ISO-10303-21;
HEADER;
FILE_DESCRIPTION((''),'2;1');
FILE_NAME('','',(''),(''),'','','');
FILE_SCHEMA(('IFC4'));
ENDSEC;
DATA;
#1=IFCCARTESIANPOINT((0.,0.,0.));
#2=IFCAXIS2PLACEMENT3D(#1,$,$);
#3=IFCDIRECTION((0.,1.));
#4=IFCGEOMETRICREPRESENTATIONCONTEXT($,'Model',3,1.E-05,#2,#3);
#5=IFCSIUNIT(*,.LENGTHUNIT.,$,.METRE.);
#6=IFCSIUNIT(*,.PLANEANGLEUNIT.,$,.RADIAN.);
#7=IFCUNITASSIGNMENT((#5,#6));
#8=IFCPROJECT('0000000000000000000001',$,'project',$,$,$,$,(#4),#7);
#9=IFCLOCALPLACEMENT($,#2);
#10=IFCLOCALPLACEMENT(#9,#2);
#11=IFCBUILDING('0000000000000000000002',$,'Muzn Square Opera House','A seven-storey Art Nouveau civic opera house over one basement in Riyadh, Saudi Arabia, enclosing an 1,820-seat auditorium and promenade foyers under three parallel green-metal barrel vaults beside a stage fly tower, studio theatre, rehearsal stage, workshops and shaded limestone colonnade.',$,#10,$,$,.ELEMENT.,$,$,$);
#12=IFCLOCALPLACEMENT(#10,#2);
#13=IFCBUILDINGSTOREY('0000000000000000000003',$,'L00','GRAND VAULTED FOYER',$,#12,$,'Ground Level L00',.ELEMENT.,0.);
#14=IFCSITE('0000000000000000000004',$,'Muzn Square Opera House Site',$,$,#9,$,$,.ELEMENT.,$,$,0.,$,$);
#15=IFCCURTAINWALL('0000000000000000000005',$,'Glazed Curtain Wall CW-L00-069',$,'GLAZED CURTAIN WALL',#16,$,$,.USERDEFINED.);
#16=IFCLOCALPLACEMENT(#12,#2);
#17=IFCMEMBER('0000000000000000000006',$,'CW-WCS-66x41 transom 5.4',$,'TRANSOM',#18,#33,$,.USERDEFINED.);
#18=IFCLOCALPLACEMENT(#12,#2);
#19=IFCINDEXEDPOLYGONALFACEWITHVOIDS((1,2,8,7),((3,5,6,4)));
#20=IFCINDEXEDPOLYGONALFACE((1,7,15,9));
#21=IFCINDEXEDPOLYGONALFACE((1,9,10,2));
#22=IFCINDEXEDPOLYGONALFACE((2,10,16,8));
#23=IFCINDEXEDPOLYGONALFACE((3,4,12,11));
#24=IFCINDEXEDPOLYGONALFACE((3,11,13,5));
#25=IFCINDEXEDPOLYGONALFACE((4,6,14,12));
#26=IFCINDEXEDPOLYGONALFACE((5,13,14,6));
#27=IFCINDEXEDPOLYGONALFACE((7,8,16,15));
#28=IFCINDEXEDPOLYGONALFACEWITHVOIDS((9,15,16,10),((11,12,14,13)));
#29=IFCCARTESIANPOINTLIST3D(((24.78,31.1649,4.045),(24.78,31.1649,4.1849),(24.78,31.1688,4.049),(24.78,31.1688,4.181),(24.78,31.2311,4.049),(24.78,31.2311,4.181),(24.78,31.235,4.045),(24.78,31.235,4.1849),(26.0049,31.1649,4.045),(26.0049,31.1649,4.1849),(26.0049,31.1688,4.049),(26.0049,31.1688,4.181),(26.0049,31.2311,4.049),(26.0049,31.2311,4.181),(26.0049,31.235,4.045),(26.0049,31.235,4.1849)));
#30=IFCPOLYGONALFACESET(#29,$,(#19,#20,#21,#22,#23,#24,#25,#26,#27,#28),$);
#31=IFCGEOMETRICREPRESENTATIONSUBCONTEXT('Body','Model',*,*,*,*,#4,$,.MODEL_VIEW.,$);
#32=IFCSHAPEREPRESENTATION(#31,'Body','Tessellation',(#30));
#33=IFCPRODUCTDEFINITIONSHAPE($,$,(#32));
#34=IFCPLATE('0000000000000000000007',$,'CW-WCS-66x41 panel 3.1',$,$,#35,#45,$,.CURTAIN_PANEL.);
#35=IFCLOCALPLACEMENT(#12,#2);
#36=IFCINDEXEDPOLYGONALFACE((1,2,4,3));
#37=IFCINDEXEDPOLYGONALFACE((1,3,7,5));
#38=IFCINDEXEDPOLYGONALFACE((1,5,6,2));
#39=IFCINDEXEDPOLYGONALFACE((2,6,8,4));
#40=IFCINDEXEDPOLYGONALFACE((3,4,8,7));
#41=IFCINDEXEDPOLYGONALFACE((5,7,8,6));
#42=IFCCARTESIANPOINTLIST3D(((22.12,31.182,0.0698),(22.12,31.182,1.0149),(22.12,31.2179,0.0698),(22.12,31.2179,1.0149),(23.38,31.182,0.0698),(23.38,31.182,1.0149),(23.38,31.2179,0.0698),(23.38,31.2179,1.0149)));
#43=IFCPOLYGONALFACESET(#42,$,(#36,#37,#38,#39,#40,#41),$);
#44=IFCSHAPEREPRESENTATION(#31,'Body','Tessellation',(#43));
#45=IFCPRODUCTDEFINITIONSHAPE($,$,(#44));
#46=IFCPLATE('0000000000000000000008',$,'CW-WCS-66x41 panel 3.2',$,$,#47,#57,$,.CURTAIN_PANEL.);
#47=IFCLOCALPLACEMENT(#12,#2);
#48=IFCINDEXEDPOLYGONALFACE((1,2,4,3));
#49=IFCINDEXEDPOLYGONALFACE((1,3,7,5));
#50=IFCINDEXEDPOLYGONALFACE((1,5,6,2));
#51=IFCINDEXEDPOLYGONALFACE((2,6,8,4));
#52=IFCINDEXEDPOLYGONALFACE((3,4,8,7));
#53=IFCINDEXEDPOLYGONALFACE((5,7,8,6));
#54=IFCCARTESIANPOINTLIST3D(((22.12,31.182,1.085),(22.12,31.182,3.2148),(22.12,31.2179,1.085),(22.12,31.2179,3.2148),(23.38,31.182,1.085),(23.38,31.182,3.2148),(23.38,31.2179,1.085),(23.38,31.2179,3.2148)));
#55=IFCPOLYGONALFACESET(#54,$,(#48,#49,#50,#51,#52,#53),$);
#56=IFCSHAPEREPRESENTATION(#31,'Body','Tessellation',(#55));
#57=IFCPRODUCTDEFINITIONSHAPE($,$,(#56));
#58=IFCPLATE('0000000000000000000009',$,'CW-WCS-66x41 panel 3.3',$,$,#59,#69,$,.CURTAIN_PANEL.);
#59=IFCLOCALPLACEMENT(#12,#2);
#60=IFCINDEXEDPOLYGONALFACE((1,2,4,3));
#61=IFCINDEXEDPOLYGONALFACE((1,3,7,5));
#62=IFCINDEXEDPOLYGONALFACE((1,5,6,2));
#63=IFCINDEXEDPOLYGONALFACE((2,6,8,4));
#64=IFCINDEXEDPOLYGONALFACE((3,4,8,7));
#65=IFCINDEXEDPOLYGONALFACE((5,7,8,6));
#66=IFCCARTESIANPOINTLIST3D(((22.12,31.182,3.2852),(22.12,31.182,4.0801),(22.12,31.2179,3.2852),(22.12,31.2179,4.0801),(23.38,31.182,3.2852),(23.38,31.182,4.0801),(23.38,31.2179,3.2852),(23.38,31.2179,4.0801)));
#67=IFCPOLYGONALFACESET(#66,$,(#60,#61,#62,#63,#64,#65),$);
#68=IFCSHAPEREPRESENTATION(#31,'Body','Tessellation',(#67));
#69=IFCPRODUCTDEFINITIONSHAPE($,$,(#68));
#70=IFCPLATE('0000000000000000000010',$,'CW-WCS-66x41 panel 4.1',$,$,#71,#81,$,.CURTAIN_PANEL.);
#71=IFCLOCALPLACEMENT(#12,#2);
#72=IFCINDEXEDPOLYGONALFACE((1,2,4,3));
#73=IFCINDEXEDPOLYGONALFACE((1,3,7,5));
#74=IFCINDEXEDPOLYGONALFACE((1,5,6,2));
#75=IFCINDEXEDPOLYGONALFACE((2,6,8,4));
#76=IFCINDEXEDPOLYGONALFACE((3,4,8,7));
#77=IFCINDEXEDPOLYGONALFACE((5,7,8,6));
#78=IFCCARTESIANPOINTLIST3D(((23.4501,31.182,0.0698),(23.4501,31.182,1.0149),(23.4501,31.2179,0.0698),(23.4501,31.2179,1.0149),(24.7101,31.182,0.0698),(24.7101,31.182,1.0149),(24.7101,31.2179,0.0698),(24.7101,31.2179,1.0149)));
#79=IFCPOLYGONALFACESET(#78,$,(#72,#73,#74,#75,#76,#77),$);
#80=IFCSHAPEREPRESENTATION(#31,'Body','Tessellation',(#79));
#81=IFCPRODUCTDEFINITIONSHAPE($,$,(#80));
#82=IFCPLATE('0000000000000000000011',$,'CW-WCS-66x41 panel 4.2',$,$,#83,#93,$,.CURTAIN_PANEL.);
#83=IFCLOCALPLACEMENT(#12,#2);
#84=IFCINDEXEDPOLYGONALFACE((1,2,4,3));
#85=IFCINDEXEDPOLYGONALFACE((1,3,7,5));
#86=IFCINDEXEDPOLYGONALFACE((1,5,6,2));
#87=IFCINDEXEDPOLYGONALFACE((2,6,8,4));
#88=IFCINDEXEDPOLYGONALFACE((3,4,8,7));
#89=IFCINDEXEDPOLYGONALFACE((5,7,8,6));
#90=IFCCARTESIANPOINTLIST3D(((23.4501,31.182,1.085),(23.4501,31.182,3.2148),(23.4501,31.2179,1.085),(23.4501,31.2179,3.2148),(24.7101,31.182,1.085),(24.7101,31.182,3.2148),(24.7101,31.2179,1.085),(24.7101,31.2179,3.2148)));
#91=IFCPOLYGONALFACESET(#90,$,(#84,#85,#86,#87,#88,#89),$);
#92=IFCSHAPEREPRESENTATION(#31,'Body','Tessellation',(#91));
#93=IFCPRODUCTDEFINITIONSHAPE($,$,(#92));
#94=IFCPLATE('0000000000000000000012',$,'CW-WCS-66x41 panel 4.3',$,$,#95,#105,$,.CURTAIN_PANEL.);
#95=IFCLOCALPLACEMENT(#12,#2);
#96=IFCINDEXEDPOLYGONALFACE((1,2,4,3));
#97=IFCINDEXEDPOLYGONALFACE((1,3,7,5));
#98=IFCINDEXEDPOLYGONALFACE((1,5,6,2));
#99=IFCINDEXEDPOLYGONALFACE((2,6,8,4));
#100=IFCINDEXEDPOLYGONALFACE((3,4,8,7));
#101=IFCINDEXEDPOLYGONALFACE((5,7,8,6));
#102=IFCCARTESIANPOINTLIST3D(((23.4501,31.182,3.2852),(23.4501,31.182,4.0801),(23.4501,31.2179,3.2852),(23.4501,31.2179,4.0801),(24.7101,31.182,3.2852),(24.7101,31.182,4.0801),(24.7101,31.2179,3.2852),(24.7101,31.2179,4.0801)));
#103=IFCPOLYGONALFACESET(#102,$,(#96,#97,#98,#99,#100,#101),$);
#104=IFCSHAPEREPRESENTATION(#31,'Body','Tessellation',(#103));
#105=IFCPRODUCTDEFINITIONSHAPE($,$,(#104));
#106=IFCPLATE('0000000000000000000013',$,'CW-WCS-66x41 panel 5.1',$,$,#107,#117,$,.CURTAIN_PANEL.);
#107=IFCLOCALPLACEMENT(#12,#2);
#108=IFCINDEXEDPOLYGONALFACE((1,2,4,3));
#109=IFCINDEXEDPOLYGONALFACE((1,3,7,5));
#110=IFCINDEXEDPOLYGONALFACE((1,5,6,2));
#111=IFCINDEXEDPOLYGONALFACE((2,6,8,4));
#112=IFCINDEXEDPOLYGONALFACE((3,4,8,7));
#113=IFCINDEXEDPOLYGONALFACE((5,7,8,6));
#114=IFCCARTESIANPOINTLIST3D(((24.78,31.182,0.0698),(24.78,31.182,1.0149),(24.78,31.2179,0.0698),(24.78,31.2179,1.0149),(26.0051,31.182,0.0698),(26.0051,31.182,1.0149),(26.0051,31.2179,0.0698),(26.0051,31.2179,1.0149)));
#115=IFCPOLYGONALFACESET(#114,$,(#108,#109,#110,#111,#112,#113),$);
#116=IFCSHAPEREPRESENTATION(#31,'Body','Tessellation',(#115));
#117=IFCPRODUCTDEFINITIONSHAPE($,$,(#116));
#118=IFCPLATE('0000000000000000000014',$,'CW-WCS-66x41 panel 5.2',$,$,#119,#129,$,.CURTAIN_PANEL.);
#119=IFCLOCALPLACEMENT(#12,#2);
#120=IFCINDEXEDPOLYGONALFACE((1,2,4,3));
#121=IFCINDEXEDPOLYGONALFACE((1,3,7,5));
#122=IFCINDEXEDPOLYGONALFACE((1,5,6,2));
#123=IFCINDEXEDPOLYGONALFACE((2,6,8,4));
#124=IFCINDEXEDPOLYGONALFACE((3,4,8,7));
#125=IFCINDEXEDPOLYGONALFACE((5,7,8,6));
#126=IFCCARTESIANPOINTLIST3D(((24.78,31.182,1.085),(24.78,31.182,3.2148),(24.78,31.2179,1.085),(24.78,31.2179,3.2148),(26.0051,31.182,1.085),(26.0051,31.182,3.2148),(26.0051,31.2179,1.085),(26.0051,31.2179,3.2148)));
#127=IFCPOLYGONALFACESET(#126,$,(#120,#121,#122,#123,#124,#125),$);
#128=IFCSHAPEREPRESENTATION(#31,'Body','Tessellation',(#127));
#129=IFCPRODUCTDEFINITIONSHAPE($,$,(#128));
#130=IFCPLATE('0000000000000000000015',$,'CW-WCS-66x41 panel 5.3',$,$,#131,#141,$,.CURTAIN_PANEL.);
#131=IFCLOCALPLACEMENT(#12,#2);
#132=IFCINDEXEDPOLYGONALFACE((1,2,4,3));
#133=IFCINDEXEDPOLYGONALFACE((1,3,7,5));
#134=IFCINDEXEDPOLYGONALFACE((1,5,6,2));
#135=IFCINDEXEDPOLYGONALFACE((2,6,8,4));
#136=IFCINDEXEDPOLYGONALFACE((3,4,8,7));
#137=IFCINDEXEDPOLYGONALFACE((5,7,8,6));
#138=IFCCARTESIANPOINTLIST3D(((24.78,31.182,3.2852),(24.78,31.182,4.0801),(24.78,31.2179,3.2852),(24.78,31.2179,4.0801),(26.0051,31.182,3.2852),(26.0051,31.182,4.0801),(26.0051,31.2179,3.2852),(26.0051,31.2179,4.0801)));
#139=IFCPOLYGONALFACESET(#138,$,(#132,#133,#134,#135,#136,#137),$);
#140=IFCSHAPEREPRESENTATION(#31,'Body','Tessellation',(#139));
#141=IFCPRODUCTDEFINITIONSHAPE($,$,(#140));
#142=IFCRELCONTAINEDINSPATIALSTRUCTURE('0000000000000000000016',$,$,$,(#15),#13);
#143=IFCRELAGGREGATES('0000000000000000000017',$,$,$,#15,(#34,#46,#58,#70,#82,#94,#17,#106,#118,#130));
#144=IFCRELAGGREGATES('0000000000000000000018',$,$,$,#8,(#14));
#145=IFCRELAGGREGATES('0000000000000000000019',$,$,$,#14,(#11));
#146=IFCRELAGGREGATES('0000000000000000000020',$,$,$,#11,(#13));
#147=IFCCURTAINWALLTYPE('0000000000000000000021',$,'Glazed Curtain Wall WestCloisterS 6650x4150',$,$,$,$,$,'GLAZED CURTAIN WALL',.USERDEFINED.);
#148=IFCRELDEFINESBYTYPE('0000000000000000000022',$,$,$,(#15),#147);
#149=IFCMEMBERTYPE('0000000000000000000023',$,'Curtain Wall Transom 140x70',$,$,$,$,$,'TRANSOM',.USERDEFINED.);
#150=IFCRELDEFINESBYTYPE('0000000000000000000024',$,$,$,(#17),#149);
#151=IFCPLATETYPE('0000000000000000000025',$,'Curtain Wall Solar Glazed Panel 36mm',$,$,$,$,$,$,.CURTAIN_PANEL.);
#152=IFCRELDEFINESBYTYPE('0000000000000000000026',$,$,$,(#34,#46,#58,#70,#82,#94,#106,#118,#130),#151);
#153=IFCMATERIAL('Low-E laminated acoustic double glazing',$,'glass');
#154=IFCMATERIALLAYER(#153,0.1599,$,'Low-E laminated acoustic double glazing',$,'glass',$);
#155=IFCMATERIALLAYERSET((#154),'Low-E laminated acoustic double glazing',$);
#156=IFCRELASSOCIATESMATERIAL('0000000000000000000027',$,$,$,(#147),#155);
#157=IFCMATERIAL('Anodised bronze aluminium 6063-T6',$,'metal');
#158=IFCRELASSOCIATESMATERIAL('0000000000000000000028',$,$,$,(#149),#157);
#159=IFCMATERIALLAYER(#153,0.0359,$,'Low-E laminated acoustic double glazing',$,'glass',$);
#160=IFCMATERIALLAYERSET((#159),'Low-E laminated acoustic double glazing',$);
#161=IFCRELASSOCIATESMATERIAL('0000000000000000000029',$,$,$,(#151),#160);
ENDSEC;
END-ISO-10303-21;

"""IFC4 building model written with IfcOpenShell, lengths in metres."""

from ifc_helpers import new_model, si_unit, direction, frame, origin, origin_2d, place, context, subcontext, project, spatial, rectangle, hollow_rectangle, extrude, material, layer, layer_set, material_profile, profile_set, type_object, element, aggregate, save


model = new_model("IFC4")

# Units and contexts
model_context = context("Model", 3, precision=1e-05, world=origin(), true_north=direction((0.0, 1.0)))
body_context = subcontext(model_context, "Body", "Model", "MODEL_VIEW")
ifc_project = project(units=[si_unit("LENGTHUNIT", "METRE"), si_unit("PLANEANGLEUNIT", "RADIAN")], contexts=[model_context])

# Site, building, storey
site_placement = place(None, origin())
site = spatial("IfcSite", under=ifc_project, at=site_placement, Name="Muzn Square Opera House Site", CompositionType="ELEMENT", RefElevation=0.0)
building_placement = place(site_placement, origin())
building = spatial("IfcBuilding", under=site, at=building_placement, Name="Muzn Square Opera House", Description="A seven-storey Art Nouveau civic opera house over one basement in Riyadh, Saudi Arabia, enclosing an 1,820-seat auditorium and promenade foyers under three parallel green-metal barrel vaults beside a stage fly tower, studio theatre, rehearsal stage, workshops and shaded limestone colonnade.", CompositionType="ELEMENT")
storey_placement = place(building_placement, origin())
storey = spatial("IfcBuildingStorey", under=building, at=storey_placement, Name="L00", Description="GRAND VAULTED FOYER", LongName="Ground Level L00", CompositionType="ELEMENT", Elevation=0.0)

# Curtain wall, member, plates
ifc_material_1 = material(Name="Low-E laminated acoustic double glazing", Category="glass")
ifc_layer_1 = layer(ifc_material_1, 0.1599, Name="Low-E laminated acoustic double glazing", Category="glass")
ifc_layer_set_1 = layer_set([ifc_layer_1], Name="Low-E laminated acoustic double glazing")
curtain_wall_type = type_object("IfcCurtainWallType", Name="Glazed Curtain Wall WestCloisterS 6650x4150", ElementType="GLAZED CURTAIN WALL", PredefinedType="USERDEFINED", material=ifc_layer_set_1)
curtain_wall_placement = place(storey_placement, origin())
curtain_wall = element("IfcCurtainWall", 1, at=curtain_wall_placement, inside=storey, type_object=curtain_wall_type, Name="Glazed Curtain Wall CW-L00-069", ObjectType="GLAZED CURTAIN WALL", PredefinedType="USERDEFINED")
ifc_material_2 = material(Name="Anodised bronze aluminium 6063-T6", Category="metal")
ifc_material_profile_1 = material_profile(ifc_material_2, hollow_rectangle(XDim=0.0701, YDim=0.1399, WallThickness=0.0039, at=origin_2d()), Name="ALU 140x70x4", Category="metal")
ifc_profile_set_1 = profile_set([ifc_material_profile_1], Name="Anodised bronze aluminium 6063-T6")
member_type_1 = type_object("IfcMemberType", Name="Curtain Wall Transom 140x70", ElementType="TRANSOM", PredefinedType="USERDEFINED", material=ifc_profile_set_1)
member_1_placement = place(storey_placement, frame((24.78, 31.2, 4.115), z_axis=(1.0, 0.0, 0.0), x_axis=(0.0, 1.0, 0.0)))
member_1 = element("IfcMember", 2, at=member_1_placement, type_object=member_type_1, Name="CW-WCS-66x41 transom 5.4", ObjectType="TRANSOM", PredefinedType="USERDEFINED", context=body_context, shape_type="SweptSolid", body=[
    extrude(hollow_rectangle(XDim=0.0701, YDim=0.1399, WallThickness=0.0039, at=origin_2d()), origin(), (0.0, 0.0, 1.0), 1.2249),
])
ifc_layer_2 = layer(ifc_material_1, 0.0359, Name="Low-E laminated acoustic double glazing", Category="glass")
ifc_layer_set_2 = layer_set([ifc_layer_2], Name="Low-E laminated acoustic double glazing")
plate_type = type_object("IfcPlateType", Name="Curtain Wall Solar Glazed Panel 36mm", PredefinedType="CURTAIN_PANEL", material=ifc_layer_set_2)
plate_1_placement = place(storey_placement, frame((22.75, 31.2, 0.0698), z_axis=(0.0, 0.0, 1.0), x_axis=(1.0, 0.0, 0.0)))
plate_1 = element("IfcPlate", 3, at=plate_1_placement, type_object=plate_type, Name="CW-WCS-66x41 panel 3.1", PredefinedType="CURTAIN_PANEL", context=body_context, shape_type="SweptSolid", body=[
    extrude(rectangle(XDim=1.26, YDim=0.0359, at=origin_2d()), origin(), (0.0, 0.0, 1.0), 0.9451),
])
plate_2_placement = place(storey_placement, frame((22.75, 31.2, 1.085), z_axis=(0.0, 0.0, 1.0), x_axis=(1.0, 0.0, 0.0)))
plate_2 = element("IfcPlate", 4, at=plate_2_placement, type_object=plate_type, Name="CW-WCS-66x41 panel 3.2", PredefinedType="CURTAIN_PANEL", context=body_context, shape_type="SweptSolid", body=[
    extrude(rectangle(XDim=1.26, YDim=0.0359, at=origin_2d()), origin(), (0.0, 0.0, 1.0), 2.1299),
])
plate_3_placement = place(storey_placement, frame((22.75, 31.2, 3.2852), z_axis=(0.0, 0.0, 1.0), x_axis=(1.0, 0.0, 0.0)))
plate_3 = element("IfcPlate", 5, at=plate_3_placement, type_object=plate_type, Name="CW-WCS-66x41 panel 3.3", PredefinedType="CURTAIN_PANEL", context=body_context, shape_type="SweptSolid", body=[
    extrude(rectangle(XDim=1.26, YDim=0.0359, at=origin_2d()), origin(), (0.0, 0.0, 1.0), 0.7949),
])
plate_4_placement = place(storey_placement, frame((24.0801, 31.2, 0.0698), z_axis=(0.0, 0.0, 1.0), x_axis=(1.0, 0.0, 0.0)))
plate_4 = element("IfcPlate", 6, at=plate_4_placement, type_object=plate_type, Name="CW-WCS-66x41 panel 4.1", PredefinedType="CURTAIN_PANEL", context=body_context, shape_type="SweptSolid", body=[
    extrude(rectangle(XDim=1.26, YDim=0.0359, at=origin_2d()), origin(), (0.0, 0.0, 1.0), 0.9451),
])
plate_5_placement = place(storey_placement, frame((24.0801, 31.2, 1.085), z_axis=(0.0, 0.0, 1.0), x_axis=(1.0, 0.0, 0.0)))
plate_5 = element("IfcPlate", 7, at=plate_5_placement, type_object=plate_type, Name="CW-WCS-66x41 panel 4.2", PredefinedType="CURTAIN_PANEL", context=body_context, shape_type="SweptSolid", body=[
    extrude(rectangle(XDim=1.26, YDim=0.0359, at=origin_2d()), origin(), (0.0, 0.0, 1.0), 2.1299),
])
plate_6_placement = place(storey_placement, frame((24.0801, 31.2, 3.2852), z_axis=(0.0, 0.0, 1.0), x_axis=(1.0, 0.0, 0.0)))
plate_6 = element("IfcPlate", 8, at=plate_6_placement, type_object=plate_type, Name="CW-WCS-66x41 panel 4.3", PredefinedType="CURTAIN_PANEL", context=body_context, shape_type="SweptSolid", body=[
    extrude(rectangle(XDim=1.26, YDim=0.0359, at=origin_2d()), origin(), (0.0, 0.0, 1.0), 0.7949),
])
plate_7_placement = place(storey_placement, frame((25.3926, 31.2, 0.0698), z_axis=(0.0, 0.0, 1.0), x_axis=(1.0, 0.0, 0.0)))
plate_7 = element("IfcPlate", 9, at=plate_7_placement, type_object=plate_type, Name="CW-WCS-66x41 panel 5.1", PredefinedType="CURTAIN_PANEL", context=body_context, shape_type="SweptSolid", body=[
    extrude(rectangle(XDim=1.2251, YDim=0.0359, at=origin_2d()), origin(), (0.0, 0.0, 1.0), 0.9451),
])
plate_8_placement = place(storey_placement, frame((25.3926, 31.2, 1.085), z_axis=(0.0, 0.0, 1.0), x_axis=(1.0, 0.0, 0.0)))
plate_8 = element("IfcPlate", 10, at=plate_8_placement, type_object=plate_type, Name="CW-WCS-66x41 panel 5.2", PredefinedType="CURTAIN_PANEL", context=body_context, shape_type="SweptSolid", body=[
    extrude(rectangle(XDim=1.2251, YDim=0.0359, at=origin_2d()), origin(), (0.0, 0.0, 1.0), 2.1299),
])
plate_9_placement = place(storey_placement, frame((25.3926, 31.2, 3.2852), z_axis=(0.0, 0.0, 1.0), x_axis=(1.0, 0.0, 0.0)))
plate_9 = element("IfcPlate", 11, at=plate_9_placement, type_object=plate_type, Name="CW-WCS-66x41 panel 5.3", PredefinedType="CURTAIN_PANEL", context=body_context, shape_type="SweptSolid", body=[
    extrude(rectangle(XDim=1.2251, YDim=0.0359, at=origin_2d()), origin(), (0.0, 0.0, 1.0), 0.7949),
])
aggregate(curtain_wall, [plate_1, plate_2, plate_3, plate_4, plate_5, plate_6, member_1, plate_7, plate_8, plate_9])

save(model, "model.ifc")
